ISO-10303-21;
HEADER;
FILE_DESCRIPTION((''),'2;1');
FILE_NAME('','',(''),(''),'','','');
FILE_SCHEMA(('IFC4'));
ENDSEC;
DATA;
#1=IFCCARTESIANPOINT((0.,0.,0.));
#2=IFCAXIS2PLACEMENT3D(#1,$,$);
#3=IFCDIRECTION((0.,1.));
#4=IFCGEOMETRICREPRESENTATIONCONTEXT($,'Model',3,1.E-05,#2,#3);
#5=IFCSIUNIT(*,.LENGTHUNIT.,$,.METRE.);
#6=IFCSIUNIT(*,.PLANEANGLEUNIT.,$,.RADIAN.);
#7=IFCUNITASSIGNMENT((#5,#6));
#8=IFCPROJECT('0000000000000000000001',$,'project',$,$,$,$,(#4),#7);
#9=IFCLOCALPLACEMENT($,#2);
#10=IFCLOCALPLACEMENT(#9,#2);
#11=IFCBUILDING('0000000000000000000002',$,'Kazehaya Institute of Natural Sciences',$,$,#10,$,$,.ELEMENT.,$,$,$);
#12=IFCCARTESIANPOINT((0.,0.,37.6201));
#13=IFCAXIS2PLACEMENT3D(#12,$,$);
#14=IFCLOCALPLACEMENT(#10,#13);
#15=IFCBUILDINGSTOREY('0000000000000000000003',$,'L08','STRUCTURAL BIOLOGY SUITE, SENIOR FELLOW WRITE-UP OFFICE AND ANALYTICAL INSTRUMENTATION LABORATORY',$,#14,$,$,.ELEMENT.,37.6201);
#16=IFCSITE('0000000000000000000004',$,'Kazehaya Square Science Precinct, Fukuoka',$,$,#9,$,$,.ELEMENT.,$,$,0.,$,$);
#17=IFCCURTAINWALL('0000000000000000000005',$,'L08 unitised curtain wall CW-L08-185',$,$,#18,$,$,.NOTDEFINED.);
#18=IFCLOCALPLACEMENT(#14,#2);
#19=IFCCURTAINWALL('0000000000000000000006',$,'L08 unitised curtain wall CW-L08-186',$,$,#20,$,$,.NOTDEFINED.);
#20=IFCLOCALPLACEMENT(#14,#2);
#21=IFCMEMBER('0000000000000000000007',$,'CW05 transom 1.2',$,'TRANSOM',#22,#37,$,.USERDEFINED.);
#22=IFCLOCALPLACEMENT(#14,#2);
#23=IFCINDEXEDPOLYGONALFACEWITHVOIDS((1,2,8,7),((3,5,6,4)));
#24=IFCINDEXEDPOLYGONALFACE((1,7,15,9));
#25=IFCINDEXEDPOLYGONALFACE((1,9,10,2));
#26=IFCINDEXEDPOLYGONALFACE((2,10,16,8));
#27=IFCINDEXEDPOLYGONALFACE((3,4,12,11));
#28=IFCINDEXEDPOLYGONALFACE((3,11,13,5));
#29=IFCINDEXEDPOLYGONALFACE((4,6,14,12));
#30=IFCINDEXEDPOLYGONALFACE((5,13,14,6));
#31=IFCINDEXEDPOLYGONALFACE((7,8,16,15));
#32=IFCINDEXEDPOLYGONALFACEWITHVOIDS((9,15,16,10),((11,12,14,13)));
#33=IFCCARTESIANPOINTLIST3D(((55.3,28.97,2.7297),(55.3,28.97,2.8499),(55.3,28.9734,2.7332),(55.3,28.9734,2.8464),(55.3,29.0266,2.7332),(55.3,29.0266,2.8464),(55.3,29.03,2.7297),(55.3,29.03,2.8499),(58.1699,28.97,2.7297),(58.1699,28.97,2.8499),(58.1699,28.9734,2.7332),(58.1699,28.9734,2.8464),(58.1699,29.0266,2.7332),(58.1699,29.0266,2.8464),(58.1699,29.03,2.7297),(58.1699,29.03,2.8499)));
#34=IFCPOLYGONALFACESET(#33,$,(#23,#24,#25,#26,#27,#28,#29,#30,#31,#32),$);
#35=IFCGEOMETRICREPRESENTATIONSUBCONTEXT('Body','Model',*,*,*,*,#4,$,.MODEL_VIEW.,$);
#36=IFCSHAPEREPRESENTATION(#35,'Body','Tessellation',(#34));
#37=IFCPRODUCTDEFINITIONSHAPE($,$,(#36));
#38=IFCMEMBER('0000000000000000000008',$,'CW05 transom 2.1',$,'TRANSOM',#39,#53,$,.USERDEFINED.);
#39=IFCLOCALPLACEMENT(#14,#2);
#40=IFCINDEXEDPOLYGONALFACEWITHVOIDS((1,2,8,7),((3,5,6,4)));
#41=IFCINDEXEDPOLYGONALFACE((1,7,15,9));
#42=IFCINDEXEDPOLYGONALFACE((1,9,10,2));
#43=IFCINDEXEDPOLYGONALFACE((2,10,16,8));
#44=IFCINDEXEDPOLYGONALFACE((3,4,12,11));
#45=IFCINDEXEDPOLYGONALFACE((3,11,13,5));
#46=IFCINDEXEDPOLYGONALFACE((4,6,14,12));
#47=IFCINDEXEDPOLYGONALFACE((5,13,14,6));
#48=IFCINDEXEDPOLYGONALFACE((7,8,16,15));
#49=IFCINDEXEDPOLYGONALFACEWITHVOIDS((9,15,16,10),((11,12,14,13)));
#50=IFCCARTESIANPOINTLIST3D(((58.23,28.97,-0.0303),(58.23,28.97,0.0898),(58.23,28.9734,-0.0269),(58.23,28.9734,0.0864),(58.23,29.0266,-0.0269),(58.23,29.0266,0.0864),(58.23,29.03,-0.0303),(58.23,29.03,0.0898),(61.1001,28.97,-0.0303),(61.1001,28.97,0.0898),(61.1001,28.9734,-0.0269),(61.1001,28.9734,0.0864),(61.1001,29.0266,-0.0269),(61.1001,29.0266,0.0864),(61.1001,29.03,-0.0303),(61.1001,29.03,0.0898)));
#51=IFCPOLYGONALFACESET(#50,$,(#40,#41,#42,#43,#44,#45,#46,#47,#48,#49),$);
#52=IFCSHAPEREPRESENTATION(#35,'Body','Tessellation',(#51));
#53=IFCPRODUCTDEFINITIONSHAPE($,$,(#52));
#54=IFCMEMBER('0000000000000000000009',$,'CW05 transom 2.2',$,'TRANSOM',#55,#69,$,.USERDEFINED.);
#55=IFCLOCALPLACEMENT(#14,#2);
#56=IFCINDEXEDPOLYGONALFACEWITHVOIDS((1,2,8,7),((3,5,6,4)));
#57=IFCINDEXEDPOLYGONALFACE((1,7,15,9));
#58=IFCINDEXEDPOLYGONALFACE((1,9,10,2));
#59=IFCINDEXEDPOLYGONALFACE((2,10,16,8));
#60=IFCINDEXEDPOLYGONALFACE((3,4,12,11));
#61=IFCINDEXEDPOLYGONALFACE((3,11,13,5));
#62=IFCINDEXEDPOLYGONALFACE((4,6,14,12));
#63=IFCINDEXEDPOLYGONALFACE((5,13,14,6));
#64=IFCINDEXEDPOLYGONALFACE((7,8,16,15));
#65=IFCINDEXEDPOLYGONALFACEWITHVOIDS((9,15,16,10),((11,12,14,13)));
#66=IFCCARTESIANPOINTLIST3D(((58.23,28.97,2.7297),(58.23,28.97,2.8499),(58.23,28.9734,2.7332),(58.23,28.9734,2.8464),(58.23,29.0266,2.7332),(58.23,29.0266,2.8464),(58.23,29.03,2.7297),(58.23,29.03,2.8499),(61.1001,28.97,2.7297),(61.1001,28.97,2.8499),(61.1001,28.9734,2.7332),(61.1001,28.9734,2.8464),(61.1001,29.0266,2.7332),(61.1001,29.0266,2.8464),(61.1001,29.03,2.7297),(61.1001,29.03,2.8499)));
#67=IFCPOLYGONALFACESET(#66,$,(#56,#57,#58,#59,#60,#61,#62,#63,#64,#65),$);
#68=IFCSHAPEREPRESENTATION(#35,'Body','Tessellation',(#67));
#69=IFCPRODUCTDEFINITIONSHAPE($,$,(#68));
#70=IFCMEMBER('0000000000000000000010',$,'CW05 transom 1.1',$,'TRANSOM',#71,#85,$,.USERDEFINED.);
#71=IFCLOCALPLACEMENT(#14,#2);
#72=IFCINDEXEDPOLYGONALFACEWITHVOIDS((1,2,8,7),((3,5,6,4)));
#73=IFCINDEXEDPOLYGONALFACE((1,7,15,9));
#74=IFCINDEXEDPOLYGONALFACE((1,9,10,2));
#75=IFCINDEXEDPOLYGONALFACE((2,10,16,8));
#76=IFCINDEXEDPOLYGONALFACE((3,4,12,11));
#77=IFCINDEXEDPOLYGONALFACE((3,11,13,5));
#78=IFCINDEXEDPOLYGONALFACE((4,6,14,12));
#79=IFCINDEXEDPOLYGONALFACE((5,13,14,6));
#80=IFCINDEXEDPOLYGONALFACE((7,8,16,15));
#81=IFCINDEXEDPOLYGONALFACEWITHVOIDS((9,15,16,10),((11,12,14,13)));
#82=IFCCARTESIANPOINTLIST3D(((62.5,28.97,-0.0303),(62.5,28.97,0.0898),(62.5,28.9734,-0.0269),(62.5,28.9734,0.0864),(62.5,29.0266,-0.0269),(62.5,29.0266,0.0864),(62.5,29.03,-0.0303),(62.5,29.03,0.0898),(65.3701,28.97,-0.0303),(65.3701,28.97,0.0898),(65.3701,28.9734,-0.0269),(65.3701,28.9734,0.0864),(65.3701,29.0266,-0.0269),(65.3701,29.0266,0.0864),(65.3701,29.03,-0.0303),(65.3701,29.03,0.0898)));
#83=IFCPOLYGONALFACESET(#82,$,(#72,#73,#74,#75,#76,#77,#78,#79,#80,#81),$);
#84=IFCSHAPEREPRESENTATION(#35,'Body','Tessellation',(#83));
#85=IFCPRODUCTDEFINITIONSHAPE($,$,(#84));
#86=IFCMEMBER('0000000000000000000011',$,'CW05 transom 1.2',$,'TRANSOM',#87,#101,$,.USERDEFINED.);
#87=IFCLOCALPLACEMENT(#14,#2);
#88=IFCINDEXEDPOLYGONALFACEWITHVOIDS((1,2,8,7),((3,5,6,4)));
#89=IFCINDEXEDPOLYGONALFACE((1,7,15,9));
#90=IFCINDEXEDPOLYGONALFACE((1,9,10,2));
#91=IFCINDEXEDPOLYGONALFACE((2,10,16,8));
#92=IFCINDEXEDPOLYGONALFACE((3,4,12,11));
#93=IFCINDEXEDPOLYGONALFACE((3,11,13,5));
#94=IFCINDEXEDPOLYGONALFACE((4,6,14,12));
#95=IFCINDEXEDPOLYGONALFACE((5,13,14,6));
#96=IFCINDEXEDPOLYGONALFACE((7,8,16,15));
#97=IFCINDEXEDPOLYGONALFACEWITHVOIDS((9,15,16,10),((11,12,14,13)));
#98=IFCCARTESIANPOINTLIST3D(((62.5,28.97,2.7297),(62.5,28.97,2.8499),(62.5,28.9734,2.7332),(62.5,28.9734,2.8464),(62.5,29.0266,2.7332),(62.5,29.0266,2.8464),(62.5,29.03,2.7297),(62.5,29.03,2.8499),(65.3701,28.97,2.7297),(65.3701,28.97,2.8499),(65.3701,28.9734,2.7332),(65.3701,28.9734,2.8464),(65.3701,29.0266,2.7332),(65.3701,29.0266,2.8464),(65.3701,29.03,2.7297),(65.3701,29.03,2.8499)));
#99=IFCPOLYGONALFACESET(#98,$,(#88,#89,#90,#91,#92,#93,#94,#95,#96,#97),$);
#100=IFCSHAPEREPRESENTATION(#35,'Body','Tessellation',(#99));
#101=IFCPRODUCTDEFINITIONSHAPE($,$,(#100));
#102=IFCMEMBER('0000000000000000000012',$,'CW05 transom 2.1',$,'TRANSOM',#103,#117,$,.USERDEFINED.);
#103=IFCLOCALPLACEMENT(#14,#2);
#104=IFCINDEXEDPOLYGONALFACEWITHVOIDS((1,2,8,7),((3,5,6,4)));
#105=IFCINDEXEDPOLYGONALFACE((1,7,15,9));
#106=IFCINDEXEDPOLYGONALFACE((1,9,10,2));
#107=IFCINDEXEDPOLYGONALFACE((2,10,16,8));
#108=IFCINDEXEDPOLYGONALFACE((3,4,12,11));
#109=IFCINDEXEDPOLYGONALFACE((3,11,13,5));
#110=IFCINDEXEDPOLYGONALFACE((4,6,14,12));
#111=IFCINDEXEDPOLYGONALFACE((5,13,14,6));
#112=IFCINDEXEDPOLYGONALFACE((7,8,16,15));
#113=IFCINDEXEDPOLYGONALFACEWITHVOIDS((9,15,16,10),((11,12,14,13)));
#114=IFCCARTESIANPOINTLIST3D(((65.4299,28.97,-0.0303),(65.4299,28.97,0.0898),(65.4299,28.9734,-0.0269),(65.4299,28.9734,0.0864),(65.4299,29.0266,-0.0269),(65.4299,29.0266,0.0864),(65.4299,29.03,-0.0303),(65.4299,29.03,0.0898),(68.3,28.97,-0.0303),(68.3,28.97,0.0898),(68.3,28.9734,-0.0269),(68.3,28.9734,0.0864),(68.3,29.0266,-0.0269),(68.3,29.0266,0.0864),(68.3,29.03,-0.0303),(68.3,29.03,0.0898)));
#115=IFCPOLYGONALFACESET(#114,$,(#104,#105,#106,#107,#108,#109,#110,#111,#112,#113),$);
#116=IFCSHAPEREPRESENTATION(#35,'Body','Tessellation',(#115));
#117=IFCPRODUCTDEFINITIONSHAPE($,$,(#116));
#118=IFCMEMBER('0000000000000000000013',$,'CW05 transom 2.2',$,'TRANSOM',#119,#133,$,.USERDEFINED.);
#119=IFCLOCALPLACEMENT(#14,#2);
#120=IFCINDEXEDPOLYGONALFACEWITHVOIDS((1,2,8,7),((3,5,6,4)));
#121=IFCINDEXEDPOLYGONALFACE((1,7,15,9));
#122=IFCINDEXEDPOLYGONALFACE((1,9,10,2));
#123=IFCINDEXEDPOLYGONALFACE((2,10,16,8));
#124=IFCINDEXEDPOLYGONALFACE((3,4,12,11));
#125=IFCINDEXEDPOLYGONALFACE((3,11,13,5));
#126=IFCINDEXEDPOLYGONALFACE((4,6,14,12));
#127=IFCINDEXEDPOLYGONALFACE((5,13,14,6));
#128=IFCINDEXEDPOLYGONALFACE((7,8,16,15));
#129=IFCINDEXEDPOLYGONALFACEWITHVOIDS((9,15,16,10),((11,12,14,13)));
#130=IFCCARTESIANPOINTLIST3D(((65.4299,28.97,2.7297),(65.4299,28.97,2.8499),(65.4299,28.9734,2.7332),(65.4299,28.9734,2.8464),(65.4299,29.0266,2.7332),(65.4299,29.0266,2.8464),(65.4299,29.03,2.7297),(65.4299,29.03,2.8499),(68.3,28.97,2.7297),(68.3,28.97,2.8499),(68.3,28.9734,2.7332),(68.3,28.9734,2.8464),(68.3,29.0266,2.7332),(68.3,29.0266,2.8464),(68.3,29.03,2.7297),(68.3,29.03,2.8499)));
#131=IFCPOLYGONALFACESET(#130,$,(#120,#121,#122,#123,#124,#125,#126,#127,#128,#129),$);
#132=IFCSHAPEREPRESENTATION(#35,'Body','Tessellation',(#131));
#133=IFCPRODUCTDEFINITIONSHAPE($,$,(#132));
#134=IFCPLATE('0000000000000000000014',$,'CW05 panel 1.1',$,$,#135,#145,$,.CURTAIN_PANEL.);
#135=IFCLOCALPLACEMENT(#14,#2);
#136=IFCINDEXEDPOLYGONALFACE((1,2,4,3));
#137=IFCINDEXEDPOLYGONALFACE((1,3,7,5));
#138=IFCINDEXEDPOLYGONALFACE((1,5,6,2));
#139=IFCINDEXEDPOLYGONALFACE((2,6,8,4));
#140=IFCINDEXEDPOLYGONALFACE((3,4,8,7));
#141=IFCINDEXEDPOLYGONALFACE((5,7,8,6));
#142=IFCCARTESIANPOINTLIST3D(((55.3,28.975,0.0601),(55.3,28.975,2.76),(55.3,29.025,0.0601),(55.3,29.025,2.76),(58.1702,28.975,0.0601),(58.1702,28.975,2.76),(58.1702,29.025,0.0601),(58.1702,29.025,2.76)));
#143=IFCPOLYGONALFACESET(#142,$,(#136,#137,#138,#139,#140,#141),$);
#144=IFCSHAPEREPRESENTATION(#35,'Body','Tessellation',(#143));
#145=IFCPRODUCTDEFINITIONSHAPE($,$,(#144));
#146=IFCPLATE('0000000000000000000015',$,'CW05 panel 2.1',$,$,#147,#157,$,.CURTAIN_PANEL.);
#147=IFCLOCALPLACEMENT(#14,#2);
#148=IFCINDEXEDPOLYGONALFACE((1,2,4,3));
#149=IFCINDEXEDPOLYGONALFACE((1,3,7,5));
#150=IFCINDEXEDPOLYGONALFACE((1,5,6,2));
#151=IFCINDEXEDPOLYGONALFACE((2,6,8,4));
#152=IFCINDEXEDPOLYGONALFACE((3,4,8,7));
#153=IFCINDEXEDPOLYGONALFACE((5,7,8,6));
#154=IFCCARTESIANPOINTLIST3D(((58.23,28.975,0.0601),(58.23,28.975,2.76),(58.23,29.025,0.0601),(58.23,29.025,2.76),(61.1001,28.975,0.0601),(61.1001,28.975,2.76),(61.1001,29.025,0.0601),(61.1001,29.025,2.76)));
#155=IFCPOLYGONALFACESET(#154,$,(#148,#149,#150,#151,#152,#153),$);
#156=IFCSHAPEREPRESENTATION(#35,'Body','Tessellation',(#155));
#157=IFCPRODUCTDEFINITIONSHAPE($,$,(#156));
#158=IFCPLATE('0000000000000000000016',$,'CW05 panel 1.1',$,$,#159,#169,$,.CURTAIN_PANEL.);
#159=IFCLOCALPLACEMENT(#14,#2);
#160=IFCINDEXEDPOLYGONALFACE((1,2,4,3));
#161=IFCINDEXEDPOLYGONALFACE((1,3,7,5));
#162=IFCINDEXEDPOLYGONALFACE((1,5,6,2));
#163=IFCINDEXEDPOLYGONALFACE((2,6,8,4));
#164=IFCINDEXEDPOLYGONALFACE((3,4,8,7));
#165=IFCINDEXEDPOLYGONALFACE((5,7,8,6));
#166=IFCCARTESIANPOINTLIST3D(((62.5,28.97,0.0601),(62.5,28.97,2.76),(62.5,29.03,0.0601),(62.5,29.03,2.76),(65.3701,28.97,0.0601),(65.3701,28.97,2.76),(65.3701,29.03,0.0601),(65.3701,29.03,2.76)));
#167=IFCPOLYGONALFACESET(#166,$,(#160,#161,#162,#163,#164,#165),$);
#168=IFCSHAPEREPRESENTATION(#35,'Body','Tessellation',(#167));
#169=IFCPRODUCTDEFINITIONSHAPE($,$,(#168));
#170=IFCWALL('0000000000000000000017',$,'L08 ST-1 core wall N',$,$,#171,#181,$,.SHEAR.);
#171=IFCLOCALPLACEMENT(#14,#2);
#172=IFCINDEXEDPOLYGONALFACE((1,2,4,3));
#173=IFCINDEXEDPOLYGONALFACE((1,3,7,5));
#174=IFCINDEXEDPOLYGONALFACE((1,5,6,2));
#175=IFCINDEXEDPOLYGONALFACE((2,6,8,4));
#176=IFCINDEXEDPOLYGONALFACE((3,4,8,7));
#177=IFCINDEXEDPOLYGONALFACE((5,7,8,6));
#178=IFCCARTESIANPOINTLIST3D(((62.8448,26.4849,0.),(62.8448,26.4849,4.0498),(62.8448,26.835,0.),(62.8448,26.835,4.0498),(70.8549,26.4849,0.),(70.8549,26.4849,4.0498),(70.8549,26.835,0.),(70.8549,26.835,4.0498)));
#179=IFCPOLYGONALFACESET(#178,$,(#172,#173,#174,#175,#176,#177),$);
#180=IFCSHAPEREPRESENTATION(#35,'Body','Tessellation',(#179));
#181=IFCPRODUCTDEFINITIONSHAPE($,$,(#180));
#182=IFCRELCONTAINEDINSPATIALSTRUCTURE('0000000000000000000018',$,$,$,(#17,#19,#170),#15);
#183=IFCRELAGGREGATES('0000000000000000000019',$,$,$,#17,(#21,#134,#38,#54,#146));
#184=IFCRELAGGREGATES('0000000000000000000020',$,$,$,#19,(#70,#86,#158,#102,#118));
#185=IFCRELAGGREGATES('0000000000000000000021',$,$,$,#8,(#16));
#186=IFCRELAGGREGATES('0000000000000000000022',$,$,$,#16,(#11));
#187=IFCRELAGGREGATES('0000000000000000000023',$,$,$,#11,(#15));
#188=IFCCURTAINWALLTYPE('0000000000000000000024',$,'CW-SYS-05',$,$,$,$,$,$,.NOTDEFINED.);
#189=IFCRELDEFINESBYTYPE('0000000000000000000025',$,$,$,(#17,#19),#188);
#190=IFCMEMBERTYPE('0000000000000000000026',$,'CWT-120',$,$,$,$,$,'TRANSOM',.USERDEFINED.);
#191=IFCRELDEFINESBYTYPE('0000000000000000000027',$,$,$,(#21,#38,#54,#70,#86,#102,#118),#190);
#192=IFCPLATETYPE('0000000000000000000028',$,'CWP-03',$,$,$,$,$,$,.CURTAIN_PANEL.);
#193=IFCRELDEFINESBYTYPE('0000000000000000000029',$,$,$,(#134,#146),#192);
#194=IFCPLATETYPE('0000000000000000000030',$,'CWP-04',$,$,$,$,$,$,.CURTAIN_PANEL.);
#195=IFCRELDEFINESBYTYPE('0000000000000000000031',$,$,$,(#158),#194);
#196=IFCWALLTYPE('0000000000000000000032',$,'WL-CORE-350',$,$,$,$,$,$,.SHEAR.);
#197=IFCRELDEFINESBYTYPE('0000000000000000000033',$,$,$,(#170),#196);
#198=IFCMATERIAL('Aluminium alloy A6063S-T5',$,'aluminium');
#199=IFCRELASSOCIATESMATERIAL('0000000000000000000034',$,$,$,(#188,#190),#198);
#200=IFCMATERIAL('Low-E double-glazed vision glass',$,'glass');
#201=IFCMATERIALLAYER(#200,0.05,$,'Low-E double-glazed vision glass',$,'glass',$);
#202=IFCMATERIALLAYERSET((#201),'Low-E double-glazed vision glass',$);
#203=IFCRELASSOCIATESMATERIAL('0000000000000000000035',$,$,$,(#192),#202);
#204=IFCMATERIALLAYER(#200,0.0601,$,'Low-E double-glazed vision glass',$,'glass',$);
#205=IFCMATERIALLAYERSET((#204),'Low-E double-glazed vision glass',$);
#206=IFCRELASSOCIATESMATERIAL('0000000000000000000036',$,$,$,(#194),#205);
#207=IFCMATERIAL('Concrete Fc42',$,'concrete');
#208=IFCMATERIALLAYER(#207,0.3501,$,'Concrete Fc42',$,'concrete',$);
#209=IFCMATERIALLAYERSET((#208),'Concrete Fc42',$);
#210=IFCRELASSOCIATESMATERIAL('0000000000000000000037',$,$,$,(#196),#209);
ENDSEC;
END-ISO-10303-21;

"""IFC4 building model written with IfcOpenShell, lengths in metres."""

from ifc_helpers import new_model, si_unit, direction, frame, frame_2d, origin, origin_2d, place, context, subcontext, project, spatial, rectangle, hollow_rectangle, extrude, material, layer, layer_set, material_profile, profile_set, type_object, element, aggregate, save


model = new_model("IFC4")

# Units and contexts
model_context = context("Model", 3, precision=1e-05, world=origin(), true_north=direction((0.0, 1.0)))
body_context = subcontext(model_context, "Body", "Model", "MODEL_VIEW")
ifc_project = project(units=[si_unit("LENGTHUNIT", "METRE"), si_unit("PLANEANGLEUNIT", "RADIAN")], contexts=[model_context])

# Site, building, storey
site_placement = place(None, origin())
site = spatial("IfcSite", under=ifc_project, at=site_placement, Name="Kazehaya Square Science Precinct, Fukuoka", CompositionType="ELEMENT", RefElevation=0.0)
building_placement = place(site_placement, origin())
building = spatial("IfcBuilding", under=site, at=building_placement, Name="Kazehaya Institute of Natural Sciences", CompositionType="ELEMENT")
storey_placement = place(building_placement, frame((0.0, 0.0, 37.6201)))
storey = spatial("IfcBuildingStorey", under=building, at=storey_placement, Name="L08", Description="STRUCTURAL BIOLOGY SUITE, SENIOR FELLOW WRITE-UP OFFICE AND ANALYTICAL INSTRUMENTATION LABORATORY", CompositionType="ELEMENT", Elevation=37.6201)

# Curtain walls
ifc_material_1 = material(Name="Aluminium alloy A6063S-T5", Category="aluminium")
curtain_wall_type = type_object("IfcCurtainWallType", Name="CW-SYS-05", PredefinedType="NOTDEFINED", material=ifc_material_1)
curtain_wall_1_placement = place(storey_placement, origin())
curtain_wall_1 = element("IfcCurtainWall", 1, at=curtain_wall_1_placement, inside=storey, type_object=curtain_wall_type, Name="L08 unitised curtain wall CW-L08-185", PredefinedType="NOTDEFINED")
curtain_wall_2_placement = place(storey_placement, origin())
curtain_wall_2 = element("IfcCurtainWall", 2, at=curtain_wall_2_placement, inside=storey, type_object=curtain_wall_type, Name="L08 unitised curtain wall CW-L08-186", PredefinedType="NOTDEFINED")

# Members
ifc_material_profile_1 = material_profile(ifc_material_1, hollow_rectangle(XDim=0.0601, YDim=0.1201, WallThickness=0.0034, at=origin_2d()), Name="ALU-60x120x3.5")
ifc_profile_set_1 = profile_set([ifc_material_profile_1], Name="Aluminium alloy A6063S-T5")
member_type_1 = type_object("IfcMemberType", Name="CWT-120", ElementType="TRANSOM", PredefinedType="USERDEFINED", material=ifc_profile_set_1)
member_1_placement = place(storey_placement, frame((55.3, 29.0, 2.7898), z_axis=(1.0, 0.0, 0.0), x_axis=(0.0, 1.0, 0.0)))
member_1 = element("IfcMember", 3, at=member_1_placement, type_object=member_type_1, Name="CW05 transom 1.2", ObjectType="TRANSOM", PredefinedType="USERDEFINED", context=body_context, shape_type="SweptSolid", body=[
    extrude(hollow_rectangle(XDim=0.0601, YDim=0.1201, WallThickness=0.0034, at=origin_2d()), origin(), (0.0, 0.0, 1.0), 2.8699),
])
member_2_placement = place(storey_placement, frame((58.23, 29.0, 0.0298), z_axis=(1.0, 0.0, 0.0), x_axis=(0.0, 1.0, 0.0)))
member_2 = element("IfcMember", 4, at=member_2_placement, type_object=member_type_1, Name="CW05 transom 2.1", ObjectType="TRANSOM", PredefinedType="USERDEFINED", context=body_context, shape_type="SweptSolid", body=[
    extrude(hollow_rectangle(XDim=0.0601, YDim=0.1201, WallThickness=0.0034, at=origin_2d()), origin(), (0.0, 0.0, 1.0), 2.8701),
])
member_3_placement = place(storey_placement, frame((58.23, 29.0, 2.7898), z_axis=(1.0, 0.0, 0.0), x_axis=(0.0, 1.0, 0.0)))
member_3 = element("IfcMember", 5, at=member_3_placement, type_object=member_type_1, Name="CW05 transom 2.2", ObjectType="TRANSOM", PredefinedType="USERDEFINED", context=body_context, shape_type="SweptSolid", body=[
    extrude(hollow_rectangle(XDim=0.0601, YDim=0.1201, WallThickness=0.0034, at=origin_2d()), origin(), (0.0, 0.0, 1.0), 2.8701),
])
member_4_placement = place(storey_placement, frame((62.5, 29.0, 0.0298), z_axis=(1.0, 0.0, 0.0), x_axis=(0.0, 1.0, 0.0)))
member_4 = element("IfcMember", 6, at=member_4_placement, type_object=member_type_1, Name="CW05 transom 1.1", ObjectType="TRANSOM", PredefinedType="USERDEFINED", context=body_context, shape_type="SweptSolid", body=[
    extrude(hollow_rectangle(XDim=0.0601, YDim=0.1201, WallThickness=0.0034, at=origin_2d()), origin(), (0.0, 0.0, 1.0), 2.8701),
])
member_5_placement = place(storey_placement, frame((62.5, 29.0, 2.7898), z_axis=(1.0, 0.0, 0.0), x_axis=(0.0, 1.0, 0.0)))
member_5 = element("IfcMember", 7, at=member_5_placement, type_object=member_type_1, Name="CW05 transom 1.2", ObjectType="TRANSOM", PredefinedType="USERDEFINED", context=body_context, shape_type="SweptSolid", body=[
    extrude(hollow_rectangle(XDim=0.0601, YDim=0.1201, WallThickness=0.0034, at=origin_2d()), origin(), (0.0, 0.0, 1.0), 2.8701),
])
member_6_placement = place(storey_placement, frame((65.4299, 29.0, 0.0298), z_axis=(1.0, 0.0, 0.0), x_axis=(0.0, 1.0, 0.0)))
member_6 = element("IfcMember", 8, at=member_6_placement, type_object=member_type_1, Name="CW05 transom 2.1", ObjectType="TRANSOM", PredefinedType="USERDEFINED", context=body_context, shape_type="SweptSolid", body=[
    extrude(hollow_rectangle(XDim=0.0601, YDim=0.1201, WallThickness=0.0034, at=origin_2d()), origin(), (0.0, 0.0, 1.0), 2.8701),
])
member_7_placement = place(storey_placement, frame((65.4299, 29.0, 2.7898), z_axis=(1.0, 0.0, 0.0), x_axis=(0.0, 1.0, 0.0)))
member_7 = element("IfcMember", 9, at=member_7_placement, type_object=member_type_1, Name="CW05 transom 2.2", ObjectType="TRANSOM", PredefinedType="USERDEFINED", context=body_context, shape_type="SweptSolid", body=[
    extrude(hollow_rectangle(XDim=0.0601, YDim=0.1201, WallThickness=0.0034, at=origin_2d()), origin(), (0.0, 0.0, 1.0), 2.8701),
])

# Plates
ifc_material_2 = material(Name="Low-E double-glazed vision glass", Category="glass")
ifc_layer_1 = layer(ifc_material_2, 0.05, Name="Low-E double-glazed vision glass", Category="glass")
ifc_layer_set_1 = layer_set([ifc_layer_1], Name="Low-E double-glazed vision glass")
plate_type_1 = type_object("IfcPlateType", Name="CWP-03", PredefinedType="CURTAIN_PANEL", material=ifc_layer_set_1)
plate_1_placement = place(storey_placement, frame((56.7351, 29.0, 0.0601), z_axis=(0.0, 0.0, 1.0), x_axis=(1.0, 0.0, 0.0)))
plate_1 = element("IfcPlate", 10, at=plate_1_placement, type_object=plate_type_1, Name="CW05 panel 1.1", PredefinedType="CURTAIN_PANEL", context=body_context, shape_type="SweptSolid", body=[
    extrude(rectangle(XDim=2.8701, YDim=0.05, at=origin_2d()), origin(), (0.0, 0.0, 1.0), 2.7),
])
plate_2_placement = place(storey_placement, frame((59.665, 29.0, 0.0601), z_axis=(0.0, 0.0, 1.0), x_axis=(1.0, 0.0, 0.0)))
plate_2 = element("IfcPlate", 11, at=plate_2_placement, type_object=plate_type_1, Name="CW05 panel 2.1", PredefinedType="CURTAIN_PANEL", context=body_context, shape_type="SweptSolid", body=[
    extrude(rectangle(XDim=2.8701, YDim=0.05, at=origin_2d()), origin(), (0.0, 0.0, 1.0), 2.7),
])
aggregate(curtain_wall_1, [member_1, plate_1, member_2, member_3, plate_2])
ifc_layer_2 = layer(ifc_material_2, 0.0601, Name="Low-E double-glazed vision glass", Category="glass")
ifc_layer_set_2 = layer_set([ifc_layer_2], Name="Low-E double-glazed vision glass")
plate_type_2 = type_object("IfcPlateType", Name="CWP-04", PredefinedType="CURTAIN_PANEL", material=ifc_layer_set_2)
plate_3_placement = place(storey_placement, frame((63.9351, 29.0, 0.0601), z_axis=(0.0, 0.0, 1.0), x_axis=(1.0, 0.0, 0.0)))
plate_3 = element("IfcPlate", 12, at=plate_3_placement, type_object=plate_type_2, Name="CW05 panel 1.1", PredefinedType="CURTAIN_PANEL", context=body_context, shape_type="SweptSolid", body=[
    extrude(rectangle(XDim=2.8701, YDim=0.0601, at=origin_2d()), origin(), (0.0, 0.0, 1.0), 2.7),
])
aggregate(curtain_wall_2, [member_4, member_5, plate_3, member_6, member_7])

# Wall
ifc_material_3 = material(Name="Concrete Fc42", Category="concrete")
ifc_layer_3 = layer(ifc_material_3, 0.3501, Name="Concrete Fc42", Category="concrete")
ifc_layer_set_3 = layer_set([ifc_layer_3], Name="Concrete Fc42")
wall_type_1 = type_object("IfcWallType", Name="WL-CORE-350", PredefinedType="SHEAR", material=ifc_layer_set_3)
wall_1_placement = place(storey_placement, frame((62.845, 26.6599, 0.0), z_axis=(0.0, 0.0, 1.0), x_axis=(1.0, 0.0, 0.0)))
element("IfcWall", 13, at=wall_1_placement, inside=storey, type_object=wall_type_1, Name="L08 ST-1 core wall N", PredefinedType="SHEAR", context=body_context, shape_type="SweptSolid", body=[
    extrude(rectangle(XDim=8.01, YDim=0.3501, at=frame_2d((4.0049, 0.0))), origin(), (0.0, 0.0, 1.0), 4.0498),
])

save(model, "model.ifc")
